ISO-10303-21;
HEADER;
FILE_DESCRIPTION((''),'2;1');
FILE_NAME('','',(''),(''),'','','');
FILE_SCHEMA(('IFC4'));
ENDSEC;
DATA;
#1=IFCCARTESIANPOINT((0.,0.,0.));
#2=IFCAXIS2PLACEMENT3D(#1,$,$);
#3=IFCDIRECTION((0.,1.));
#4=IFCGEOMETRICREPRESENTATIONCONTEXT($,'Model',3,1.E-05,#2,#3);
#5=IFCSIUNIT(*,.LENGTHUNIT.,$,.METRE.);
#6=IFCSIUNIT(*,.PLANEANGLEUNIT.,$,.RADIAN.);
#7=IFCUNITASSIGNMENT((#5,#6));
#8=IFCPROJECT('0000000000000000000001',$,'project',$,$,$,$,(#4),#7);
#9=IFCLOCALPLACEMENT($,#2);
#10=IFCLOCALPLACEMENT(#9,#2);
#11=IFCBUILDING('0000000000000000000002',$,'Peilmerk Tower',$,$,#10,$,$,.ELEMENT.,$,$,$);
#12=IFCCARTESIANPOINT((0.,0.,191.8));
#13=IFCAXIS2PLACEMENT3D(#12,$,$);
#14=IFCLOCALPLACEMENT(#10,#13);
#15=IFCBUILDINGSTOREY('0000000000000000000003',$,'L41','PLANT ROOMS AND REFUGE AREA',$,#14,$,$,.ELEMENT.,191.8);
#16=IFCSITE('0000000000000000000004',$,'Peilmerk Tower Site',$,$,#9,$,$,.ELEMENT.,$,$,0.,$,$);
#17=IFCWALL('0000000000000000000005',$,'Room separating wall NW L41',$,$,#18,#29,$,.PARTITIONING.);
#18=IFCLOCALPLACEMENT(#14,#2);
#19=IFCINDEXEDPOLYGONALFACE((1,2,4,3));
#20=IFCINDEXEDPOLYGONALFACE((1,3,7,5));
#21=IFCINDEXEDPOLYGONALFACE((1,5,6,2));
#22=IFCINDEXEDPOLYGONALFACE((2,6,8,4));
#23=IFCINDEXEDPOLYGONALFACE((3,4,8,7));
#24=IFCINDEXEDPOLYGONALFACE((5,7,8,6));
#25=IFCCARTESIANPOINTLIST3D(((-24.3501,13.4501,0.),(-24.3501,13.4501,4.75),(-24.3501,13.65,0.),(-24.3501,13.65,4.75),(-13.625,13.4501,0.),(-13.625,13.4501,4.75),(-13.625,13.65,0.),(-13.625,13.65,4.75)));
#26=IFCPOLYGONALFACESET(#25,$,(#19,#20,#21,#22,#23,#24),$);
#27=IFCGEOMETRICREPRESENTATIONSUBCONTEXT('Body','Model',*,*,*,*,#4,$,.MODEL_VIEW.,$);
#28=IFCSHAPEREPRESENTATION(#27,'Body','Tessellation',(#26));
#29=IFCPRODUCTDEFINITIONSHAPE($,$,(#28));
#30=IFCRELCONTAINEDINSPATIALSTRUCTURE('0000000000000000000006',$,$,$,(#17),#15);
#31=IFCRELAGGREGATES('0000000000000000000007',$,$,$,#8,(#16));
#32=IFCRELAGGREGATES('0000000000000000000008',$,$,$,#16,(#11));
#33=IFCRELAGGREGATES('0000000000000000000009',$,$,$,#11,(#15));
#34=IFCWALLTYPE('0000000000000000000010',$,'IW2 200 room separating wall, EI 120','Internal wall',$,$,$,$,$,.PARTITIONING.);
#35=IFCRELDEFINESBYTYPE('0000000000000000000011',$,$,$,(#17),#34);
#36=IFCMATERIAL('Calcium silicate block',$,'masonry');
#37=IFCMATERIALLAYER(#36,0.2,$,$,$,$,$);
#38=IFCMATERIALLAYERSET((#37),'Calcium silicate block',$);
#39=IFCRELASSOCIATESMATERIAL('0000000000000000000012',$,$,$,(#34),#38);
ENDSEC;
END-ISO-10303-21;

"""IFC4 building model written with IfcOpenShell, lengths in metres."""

from ifc_helpers import new_model, si_unit, direction, frame, frame_2d, origin, place, context, subcontext, project, spatial, rectangle, extrude, material, layer, layer_set, type_object, element, save


model = new_model("IFC4")

# Units and contexts
model_context = context("Model", 3, precision=1e-05, world=origin(), true_north=direction((0.0, 1.0)))
body_context = subcontext(model_context, "Body", "Model", "MODEL_VIEW")
ifc_project = project(units=[si_unit("LENGTHUNIT", "METRE"), si_unit("PLANEANGLEUNIT", "RADIAN")], contexts=[model_context])

# Site, building, storey
site_placement = place(None, origin())
site = spatial("IfcSite", under=ifc_project, at=site_placement, Name="Peilmerk Tower Site", CompositionType="ELEMENT", RefElevation=0.0)
building_placement = place(site_placement, origin())
building = spatial("IfcBuilding", under=site, at=building_placement, Name="Peilmerk Tower", CompositionType="ELEMENT")
storey_placement = place(building_placement, frame((0.0, 0.0, 191.8)))
storey = spatial("IfcBuildingStorey", under=building, at=storey_placement, Name="L41", Description="PLANT ROOMS AND REFUGE AREA", CompositionType="ELEMENT", Elevation=191.8)

# Shared definitions
ifc_material_1 = material(Name="Calcium silicate block", Category="masonry")

# Wall
ifc_layer_1 = layer(ifc_material_1, 0.2)
ifc_layer_set_1 = layer_set([ifc_layer_1], Name="Calcium silicate block")
wall_type_1 = type_object("IfcWallType", Name="IW2 200 room separating wall, EI 120", Description="Internal wall", PredefinedType="PARTITIONING", material=ifc_layer_set_1)
wall_1_placement = place(storey_placement, frame((-24.3501, 13.55, 0.0), z_axis=(0.0, 0.0, 1.0), x_axis=(1.0, 0.0, 0.0)))
element("IfcWall", 1, at=wall_1_placement, inside=storey, type_object=wall_type_1, Name="Room separating wall NW L41", PredefinedType="PARTITIONING", context=body_context, shape_type="SweptSolid", body=[
    extrude(rectangle(XDim=10.7251, YDim=0.2, at=frame_2d((5.3625, 0.0))), origin(), (0.0, 0.0, 1.0), 4.75),
])

save(model, "model.ifc")
